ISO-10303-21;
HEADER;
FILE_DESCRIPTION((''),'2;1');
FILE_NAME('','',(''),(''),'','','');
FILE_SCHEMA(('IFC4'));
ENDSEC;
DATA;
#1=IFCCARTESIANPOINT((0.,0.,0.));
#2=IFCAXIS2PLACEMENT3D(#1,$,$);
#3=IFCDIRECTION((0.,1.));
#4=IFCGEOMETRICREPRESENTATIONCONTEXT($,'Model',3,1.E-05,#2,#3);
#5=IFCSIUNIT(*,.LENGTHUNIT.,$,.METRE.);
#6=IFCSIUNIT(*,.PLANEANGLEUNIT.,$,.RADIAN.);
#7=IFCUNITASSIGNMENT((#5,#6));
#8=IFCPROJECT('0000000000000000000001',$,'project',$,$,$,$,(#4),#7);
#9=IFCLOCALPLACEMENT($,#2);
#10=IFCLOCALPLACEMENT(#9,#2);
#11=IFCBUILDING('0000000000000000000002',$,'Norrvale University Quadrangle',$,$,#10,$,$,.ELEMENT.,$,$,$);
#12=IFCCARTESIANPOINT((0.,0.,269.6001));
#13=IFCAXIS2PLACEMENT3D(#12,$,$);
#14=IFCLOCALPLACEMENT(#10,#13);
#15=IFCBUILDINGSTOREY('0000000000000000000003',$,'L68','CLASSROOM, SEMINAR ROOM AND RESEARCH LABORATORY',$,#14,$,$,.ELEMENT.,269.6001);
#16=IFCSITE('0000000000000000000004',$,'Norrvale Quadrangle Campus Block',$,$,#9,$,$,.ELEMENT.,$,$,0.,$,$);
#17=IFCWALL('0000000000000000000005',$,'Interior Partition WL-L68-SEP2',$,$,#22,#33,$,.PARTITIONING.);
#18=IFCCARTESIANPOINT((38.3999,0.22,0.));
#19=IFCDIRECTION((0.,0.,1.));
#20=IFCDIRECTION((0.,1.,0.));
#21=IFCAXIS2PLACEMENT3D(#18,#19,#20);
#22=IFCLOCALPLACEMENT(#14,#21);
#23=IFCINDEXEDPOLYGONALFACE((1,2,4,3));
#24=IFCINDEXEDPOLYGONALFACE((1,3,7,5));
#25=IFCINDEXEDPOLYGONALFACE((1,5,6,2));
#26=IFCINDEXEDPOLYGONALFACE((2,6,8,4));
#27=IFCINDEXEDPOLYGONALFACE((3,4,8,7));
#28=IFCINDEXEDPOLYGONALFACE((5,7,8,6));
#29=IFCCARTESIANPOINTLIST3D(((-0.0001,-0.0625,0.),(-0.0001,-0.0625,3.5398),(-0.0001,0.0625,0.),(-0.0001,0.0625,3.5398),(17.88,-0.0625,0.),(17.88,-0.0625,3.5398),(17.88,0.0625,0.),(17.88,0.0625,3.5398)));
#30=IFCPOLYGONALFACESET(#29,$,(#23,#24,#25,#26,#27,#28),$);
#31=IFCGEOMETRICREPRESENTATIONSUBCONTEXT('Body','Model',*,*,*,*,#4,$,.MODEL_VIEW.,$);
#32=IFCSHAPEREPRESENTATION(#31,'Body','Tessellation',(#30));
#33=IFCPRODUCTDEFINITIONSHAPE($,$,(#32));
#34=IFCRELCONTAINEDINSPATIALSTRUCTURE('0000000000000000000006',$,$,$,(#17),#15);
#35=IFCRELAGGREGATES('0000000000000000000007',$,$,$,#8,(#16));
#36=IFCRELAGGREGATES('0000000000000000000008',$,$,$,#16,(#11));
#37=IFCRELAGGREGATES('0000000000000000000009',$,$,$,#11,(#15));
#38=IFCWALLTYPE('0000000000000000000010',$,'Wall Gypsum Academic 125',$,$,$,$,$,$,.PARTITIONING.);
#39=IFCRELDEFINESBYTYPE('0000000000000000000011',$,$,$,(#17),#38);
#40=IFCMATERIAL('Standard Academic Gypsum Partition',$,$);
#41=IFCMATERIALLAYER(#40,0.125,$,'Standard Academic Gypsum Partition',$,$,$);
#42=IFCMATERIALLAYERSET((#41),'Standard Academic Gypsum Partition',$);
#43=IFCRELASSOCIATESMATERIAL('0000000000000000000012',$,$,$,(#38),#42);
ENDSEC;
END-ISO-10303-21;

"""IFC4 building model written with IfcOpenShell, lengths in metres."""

from ifc_helpers import new_model, si_unit, direction, frame, frame_2d, origin, place, context, subcontext, project, spatial, rectangle, extrude, material, layer, layer_set, type_object, element, save


model = new_model("IFC4")

# Units and contexts
model_context = context("Model", 3, precision=1e-05, world=origin(), true_north=direction((0.0, 1.0)))
body_context = subcontext(model_context, "Body", "Model", "MODEL_VIEW")
ifc_project = project(units=[si_unit("LENGTHUNIT", "METRE"), si_unit("PLANEANGLEUNIT", "RADIAN")], contexts=[model_context])

# Site, building, storey
site_placement = place(None, origin())
site = spatial("IfcSite", under=ifc_project, at=site_placement, Name="Norrvale Quadrangle Campus Block", CompositionType="ELEMENT", RefElevation=0.0)
building_placement = place(site_placement, origin())
building = spatial("IfcBuilding", under=site, at=building_placement, Name="Norrvale University Quadrangle", CompositionType="ELEMENT")
storey_placement = place(building_placement, frame((0.0, 0.0, 269.6001)))
storey = spatial("IfcBuildingStorey", under=building, at=storey_placement, Name="L68", Description="CLASSROOM, SEMINAR ROOM AND RESEARCH LABORATORY", CompositionType="ELEMENT", Elevation=269.6001)

# Wall
ifc_material_1 = material(Name="Standard Academic Gypsum Partition")
ifc_layer_1 = layer(ifc_material_1, 0.125, Name="Standard Academic Gypsum Partition")
ifc_layer_set_1 = layer_set([ifc_layer_1], Name="Standard Academic Gypsum Partition")
wall_type_1 = type_object("IfcWallType", Name="Wall Gypsum Academic 125", PredefinedType="PARTITIONING", material=ifc_layer_set_1)
wall_1_placement = place(storey_placement, frame((38.3999, 0.22, 0.0), z_axis=(0.0, 0.0, 1.0), x_axis=(0.0, 1.0, 0.0)))
element("IfcWall", 1, at=wall_1_placement, inside=storey, type_object=wall_type_1, Name="Interior Partition WL-L68-SEP2", PredefinedType="PARTITIONING", context=body_context, shape_type="SweptSolid", body=[
    extrude(rectangle(XDim=17.8801, YDim=0.125, at=frame_2d((8.9399, 0.0))), origin(), (0.0, 0.0, 1.0), 3.5398),
])

save(model, "model.ifc")
